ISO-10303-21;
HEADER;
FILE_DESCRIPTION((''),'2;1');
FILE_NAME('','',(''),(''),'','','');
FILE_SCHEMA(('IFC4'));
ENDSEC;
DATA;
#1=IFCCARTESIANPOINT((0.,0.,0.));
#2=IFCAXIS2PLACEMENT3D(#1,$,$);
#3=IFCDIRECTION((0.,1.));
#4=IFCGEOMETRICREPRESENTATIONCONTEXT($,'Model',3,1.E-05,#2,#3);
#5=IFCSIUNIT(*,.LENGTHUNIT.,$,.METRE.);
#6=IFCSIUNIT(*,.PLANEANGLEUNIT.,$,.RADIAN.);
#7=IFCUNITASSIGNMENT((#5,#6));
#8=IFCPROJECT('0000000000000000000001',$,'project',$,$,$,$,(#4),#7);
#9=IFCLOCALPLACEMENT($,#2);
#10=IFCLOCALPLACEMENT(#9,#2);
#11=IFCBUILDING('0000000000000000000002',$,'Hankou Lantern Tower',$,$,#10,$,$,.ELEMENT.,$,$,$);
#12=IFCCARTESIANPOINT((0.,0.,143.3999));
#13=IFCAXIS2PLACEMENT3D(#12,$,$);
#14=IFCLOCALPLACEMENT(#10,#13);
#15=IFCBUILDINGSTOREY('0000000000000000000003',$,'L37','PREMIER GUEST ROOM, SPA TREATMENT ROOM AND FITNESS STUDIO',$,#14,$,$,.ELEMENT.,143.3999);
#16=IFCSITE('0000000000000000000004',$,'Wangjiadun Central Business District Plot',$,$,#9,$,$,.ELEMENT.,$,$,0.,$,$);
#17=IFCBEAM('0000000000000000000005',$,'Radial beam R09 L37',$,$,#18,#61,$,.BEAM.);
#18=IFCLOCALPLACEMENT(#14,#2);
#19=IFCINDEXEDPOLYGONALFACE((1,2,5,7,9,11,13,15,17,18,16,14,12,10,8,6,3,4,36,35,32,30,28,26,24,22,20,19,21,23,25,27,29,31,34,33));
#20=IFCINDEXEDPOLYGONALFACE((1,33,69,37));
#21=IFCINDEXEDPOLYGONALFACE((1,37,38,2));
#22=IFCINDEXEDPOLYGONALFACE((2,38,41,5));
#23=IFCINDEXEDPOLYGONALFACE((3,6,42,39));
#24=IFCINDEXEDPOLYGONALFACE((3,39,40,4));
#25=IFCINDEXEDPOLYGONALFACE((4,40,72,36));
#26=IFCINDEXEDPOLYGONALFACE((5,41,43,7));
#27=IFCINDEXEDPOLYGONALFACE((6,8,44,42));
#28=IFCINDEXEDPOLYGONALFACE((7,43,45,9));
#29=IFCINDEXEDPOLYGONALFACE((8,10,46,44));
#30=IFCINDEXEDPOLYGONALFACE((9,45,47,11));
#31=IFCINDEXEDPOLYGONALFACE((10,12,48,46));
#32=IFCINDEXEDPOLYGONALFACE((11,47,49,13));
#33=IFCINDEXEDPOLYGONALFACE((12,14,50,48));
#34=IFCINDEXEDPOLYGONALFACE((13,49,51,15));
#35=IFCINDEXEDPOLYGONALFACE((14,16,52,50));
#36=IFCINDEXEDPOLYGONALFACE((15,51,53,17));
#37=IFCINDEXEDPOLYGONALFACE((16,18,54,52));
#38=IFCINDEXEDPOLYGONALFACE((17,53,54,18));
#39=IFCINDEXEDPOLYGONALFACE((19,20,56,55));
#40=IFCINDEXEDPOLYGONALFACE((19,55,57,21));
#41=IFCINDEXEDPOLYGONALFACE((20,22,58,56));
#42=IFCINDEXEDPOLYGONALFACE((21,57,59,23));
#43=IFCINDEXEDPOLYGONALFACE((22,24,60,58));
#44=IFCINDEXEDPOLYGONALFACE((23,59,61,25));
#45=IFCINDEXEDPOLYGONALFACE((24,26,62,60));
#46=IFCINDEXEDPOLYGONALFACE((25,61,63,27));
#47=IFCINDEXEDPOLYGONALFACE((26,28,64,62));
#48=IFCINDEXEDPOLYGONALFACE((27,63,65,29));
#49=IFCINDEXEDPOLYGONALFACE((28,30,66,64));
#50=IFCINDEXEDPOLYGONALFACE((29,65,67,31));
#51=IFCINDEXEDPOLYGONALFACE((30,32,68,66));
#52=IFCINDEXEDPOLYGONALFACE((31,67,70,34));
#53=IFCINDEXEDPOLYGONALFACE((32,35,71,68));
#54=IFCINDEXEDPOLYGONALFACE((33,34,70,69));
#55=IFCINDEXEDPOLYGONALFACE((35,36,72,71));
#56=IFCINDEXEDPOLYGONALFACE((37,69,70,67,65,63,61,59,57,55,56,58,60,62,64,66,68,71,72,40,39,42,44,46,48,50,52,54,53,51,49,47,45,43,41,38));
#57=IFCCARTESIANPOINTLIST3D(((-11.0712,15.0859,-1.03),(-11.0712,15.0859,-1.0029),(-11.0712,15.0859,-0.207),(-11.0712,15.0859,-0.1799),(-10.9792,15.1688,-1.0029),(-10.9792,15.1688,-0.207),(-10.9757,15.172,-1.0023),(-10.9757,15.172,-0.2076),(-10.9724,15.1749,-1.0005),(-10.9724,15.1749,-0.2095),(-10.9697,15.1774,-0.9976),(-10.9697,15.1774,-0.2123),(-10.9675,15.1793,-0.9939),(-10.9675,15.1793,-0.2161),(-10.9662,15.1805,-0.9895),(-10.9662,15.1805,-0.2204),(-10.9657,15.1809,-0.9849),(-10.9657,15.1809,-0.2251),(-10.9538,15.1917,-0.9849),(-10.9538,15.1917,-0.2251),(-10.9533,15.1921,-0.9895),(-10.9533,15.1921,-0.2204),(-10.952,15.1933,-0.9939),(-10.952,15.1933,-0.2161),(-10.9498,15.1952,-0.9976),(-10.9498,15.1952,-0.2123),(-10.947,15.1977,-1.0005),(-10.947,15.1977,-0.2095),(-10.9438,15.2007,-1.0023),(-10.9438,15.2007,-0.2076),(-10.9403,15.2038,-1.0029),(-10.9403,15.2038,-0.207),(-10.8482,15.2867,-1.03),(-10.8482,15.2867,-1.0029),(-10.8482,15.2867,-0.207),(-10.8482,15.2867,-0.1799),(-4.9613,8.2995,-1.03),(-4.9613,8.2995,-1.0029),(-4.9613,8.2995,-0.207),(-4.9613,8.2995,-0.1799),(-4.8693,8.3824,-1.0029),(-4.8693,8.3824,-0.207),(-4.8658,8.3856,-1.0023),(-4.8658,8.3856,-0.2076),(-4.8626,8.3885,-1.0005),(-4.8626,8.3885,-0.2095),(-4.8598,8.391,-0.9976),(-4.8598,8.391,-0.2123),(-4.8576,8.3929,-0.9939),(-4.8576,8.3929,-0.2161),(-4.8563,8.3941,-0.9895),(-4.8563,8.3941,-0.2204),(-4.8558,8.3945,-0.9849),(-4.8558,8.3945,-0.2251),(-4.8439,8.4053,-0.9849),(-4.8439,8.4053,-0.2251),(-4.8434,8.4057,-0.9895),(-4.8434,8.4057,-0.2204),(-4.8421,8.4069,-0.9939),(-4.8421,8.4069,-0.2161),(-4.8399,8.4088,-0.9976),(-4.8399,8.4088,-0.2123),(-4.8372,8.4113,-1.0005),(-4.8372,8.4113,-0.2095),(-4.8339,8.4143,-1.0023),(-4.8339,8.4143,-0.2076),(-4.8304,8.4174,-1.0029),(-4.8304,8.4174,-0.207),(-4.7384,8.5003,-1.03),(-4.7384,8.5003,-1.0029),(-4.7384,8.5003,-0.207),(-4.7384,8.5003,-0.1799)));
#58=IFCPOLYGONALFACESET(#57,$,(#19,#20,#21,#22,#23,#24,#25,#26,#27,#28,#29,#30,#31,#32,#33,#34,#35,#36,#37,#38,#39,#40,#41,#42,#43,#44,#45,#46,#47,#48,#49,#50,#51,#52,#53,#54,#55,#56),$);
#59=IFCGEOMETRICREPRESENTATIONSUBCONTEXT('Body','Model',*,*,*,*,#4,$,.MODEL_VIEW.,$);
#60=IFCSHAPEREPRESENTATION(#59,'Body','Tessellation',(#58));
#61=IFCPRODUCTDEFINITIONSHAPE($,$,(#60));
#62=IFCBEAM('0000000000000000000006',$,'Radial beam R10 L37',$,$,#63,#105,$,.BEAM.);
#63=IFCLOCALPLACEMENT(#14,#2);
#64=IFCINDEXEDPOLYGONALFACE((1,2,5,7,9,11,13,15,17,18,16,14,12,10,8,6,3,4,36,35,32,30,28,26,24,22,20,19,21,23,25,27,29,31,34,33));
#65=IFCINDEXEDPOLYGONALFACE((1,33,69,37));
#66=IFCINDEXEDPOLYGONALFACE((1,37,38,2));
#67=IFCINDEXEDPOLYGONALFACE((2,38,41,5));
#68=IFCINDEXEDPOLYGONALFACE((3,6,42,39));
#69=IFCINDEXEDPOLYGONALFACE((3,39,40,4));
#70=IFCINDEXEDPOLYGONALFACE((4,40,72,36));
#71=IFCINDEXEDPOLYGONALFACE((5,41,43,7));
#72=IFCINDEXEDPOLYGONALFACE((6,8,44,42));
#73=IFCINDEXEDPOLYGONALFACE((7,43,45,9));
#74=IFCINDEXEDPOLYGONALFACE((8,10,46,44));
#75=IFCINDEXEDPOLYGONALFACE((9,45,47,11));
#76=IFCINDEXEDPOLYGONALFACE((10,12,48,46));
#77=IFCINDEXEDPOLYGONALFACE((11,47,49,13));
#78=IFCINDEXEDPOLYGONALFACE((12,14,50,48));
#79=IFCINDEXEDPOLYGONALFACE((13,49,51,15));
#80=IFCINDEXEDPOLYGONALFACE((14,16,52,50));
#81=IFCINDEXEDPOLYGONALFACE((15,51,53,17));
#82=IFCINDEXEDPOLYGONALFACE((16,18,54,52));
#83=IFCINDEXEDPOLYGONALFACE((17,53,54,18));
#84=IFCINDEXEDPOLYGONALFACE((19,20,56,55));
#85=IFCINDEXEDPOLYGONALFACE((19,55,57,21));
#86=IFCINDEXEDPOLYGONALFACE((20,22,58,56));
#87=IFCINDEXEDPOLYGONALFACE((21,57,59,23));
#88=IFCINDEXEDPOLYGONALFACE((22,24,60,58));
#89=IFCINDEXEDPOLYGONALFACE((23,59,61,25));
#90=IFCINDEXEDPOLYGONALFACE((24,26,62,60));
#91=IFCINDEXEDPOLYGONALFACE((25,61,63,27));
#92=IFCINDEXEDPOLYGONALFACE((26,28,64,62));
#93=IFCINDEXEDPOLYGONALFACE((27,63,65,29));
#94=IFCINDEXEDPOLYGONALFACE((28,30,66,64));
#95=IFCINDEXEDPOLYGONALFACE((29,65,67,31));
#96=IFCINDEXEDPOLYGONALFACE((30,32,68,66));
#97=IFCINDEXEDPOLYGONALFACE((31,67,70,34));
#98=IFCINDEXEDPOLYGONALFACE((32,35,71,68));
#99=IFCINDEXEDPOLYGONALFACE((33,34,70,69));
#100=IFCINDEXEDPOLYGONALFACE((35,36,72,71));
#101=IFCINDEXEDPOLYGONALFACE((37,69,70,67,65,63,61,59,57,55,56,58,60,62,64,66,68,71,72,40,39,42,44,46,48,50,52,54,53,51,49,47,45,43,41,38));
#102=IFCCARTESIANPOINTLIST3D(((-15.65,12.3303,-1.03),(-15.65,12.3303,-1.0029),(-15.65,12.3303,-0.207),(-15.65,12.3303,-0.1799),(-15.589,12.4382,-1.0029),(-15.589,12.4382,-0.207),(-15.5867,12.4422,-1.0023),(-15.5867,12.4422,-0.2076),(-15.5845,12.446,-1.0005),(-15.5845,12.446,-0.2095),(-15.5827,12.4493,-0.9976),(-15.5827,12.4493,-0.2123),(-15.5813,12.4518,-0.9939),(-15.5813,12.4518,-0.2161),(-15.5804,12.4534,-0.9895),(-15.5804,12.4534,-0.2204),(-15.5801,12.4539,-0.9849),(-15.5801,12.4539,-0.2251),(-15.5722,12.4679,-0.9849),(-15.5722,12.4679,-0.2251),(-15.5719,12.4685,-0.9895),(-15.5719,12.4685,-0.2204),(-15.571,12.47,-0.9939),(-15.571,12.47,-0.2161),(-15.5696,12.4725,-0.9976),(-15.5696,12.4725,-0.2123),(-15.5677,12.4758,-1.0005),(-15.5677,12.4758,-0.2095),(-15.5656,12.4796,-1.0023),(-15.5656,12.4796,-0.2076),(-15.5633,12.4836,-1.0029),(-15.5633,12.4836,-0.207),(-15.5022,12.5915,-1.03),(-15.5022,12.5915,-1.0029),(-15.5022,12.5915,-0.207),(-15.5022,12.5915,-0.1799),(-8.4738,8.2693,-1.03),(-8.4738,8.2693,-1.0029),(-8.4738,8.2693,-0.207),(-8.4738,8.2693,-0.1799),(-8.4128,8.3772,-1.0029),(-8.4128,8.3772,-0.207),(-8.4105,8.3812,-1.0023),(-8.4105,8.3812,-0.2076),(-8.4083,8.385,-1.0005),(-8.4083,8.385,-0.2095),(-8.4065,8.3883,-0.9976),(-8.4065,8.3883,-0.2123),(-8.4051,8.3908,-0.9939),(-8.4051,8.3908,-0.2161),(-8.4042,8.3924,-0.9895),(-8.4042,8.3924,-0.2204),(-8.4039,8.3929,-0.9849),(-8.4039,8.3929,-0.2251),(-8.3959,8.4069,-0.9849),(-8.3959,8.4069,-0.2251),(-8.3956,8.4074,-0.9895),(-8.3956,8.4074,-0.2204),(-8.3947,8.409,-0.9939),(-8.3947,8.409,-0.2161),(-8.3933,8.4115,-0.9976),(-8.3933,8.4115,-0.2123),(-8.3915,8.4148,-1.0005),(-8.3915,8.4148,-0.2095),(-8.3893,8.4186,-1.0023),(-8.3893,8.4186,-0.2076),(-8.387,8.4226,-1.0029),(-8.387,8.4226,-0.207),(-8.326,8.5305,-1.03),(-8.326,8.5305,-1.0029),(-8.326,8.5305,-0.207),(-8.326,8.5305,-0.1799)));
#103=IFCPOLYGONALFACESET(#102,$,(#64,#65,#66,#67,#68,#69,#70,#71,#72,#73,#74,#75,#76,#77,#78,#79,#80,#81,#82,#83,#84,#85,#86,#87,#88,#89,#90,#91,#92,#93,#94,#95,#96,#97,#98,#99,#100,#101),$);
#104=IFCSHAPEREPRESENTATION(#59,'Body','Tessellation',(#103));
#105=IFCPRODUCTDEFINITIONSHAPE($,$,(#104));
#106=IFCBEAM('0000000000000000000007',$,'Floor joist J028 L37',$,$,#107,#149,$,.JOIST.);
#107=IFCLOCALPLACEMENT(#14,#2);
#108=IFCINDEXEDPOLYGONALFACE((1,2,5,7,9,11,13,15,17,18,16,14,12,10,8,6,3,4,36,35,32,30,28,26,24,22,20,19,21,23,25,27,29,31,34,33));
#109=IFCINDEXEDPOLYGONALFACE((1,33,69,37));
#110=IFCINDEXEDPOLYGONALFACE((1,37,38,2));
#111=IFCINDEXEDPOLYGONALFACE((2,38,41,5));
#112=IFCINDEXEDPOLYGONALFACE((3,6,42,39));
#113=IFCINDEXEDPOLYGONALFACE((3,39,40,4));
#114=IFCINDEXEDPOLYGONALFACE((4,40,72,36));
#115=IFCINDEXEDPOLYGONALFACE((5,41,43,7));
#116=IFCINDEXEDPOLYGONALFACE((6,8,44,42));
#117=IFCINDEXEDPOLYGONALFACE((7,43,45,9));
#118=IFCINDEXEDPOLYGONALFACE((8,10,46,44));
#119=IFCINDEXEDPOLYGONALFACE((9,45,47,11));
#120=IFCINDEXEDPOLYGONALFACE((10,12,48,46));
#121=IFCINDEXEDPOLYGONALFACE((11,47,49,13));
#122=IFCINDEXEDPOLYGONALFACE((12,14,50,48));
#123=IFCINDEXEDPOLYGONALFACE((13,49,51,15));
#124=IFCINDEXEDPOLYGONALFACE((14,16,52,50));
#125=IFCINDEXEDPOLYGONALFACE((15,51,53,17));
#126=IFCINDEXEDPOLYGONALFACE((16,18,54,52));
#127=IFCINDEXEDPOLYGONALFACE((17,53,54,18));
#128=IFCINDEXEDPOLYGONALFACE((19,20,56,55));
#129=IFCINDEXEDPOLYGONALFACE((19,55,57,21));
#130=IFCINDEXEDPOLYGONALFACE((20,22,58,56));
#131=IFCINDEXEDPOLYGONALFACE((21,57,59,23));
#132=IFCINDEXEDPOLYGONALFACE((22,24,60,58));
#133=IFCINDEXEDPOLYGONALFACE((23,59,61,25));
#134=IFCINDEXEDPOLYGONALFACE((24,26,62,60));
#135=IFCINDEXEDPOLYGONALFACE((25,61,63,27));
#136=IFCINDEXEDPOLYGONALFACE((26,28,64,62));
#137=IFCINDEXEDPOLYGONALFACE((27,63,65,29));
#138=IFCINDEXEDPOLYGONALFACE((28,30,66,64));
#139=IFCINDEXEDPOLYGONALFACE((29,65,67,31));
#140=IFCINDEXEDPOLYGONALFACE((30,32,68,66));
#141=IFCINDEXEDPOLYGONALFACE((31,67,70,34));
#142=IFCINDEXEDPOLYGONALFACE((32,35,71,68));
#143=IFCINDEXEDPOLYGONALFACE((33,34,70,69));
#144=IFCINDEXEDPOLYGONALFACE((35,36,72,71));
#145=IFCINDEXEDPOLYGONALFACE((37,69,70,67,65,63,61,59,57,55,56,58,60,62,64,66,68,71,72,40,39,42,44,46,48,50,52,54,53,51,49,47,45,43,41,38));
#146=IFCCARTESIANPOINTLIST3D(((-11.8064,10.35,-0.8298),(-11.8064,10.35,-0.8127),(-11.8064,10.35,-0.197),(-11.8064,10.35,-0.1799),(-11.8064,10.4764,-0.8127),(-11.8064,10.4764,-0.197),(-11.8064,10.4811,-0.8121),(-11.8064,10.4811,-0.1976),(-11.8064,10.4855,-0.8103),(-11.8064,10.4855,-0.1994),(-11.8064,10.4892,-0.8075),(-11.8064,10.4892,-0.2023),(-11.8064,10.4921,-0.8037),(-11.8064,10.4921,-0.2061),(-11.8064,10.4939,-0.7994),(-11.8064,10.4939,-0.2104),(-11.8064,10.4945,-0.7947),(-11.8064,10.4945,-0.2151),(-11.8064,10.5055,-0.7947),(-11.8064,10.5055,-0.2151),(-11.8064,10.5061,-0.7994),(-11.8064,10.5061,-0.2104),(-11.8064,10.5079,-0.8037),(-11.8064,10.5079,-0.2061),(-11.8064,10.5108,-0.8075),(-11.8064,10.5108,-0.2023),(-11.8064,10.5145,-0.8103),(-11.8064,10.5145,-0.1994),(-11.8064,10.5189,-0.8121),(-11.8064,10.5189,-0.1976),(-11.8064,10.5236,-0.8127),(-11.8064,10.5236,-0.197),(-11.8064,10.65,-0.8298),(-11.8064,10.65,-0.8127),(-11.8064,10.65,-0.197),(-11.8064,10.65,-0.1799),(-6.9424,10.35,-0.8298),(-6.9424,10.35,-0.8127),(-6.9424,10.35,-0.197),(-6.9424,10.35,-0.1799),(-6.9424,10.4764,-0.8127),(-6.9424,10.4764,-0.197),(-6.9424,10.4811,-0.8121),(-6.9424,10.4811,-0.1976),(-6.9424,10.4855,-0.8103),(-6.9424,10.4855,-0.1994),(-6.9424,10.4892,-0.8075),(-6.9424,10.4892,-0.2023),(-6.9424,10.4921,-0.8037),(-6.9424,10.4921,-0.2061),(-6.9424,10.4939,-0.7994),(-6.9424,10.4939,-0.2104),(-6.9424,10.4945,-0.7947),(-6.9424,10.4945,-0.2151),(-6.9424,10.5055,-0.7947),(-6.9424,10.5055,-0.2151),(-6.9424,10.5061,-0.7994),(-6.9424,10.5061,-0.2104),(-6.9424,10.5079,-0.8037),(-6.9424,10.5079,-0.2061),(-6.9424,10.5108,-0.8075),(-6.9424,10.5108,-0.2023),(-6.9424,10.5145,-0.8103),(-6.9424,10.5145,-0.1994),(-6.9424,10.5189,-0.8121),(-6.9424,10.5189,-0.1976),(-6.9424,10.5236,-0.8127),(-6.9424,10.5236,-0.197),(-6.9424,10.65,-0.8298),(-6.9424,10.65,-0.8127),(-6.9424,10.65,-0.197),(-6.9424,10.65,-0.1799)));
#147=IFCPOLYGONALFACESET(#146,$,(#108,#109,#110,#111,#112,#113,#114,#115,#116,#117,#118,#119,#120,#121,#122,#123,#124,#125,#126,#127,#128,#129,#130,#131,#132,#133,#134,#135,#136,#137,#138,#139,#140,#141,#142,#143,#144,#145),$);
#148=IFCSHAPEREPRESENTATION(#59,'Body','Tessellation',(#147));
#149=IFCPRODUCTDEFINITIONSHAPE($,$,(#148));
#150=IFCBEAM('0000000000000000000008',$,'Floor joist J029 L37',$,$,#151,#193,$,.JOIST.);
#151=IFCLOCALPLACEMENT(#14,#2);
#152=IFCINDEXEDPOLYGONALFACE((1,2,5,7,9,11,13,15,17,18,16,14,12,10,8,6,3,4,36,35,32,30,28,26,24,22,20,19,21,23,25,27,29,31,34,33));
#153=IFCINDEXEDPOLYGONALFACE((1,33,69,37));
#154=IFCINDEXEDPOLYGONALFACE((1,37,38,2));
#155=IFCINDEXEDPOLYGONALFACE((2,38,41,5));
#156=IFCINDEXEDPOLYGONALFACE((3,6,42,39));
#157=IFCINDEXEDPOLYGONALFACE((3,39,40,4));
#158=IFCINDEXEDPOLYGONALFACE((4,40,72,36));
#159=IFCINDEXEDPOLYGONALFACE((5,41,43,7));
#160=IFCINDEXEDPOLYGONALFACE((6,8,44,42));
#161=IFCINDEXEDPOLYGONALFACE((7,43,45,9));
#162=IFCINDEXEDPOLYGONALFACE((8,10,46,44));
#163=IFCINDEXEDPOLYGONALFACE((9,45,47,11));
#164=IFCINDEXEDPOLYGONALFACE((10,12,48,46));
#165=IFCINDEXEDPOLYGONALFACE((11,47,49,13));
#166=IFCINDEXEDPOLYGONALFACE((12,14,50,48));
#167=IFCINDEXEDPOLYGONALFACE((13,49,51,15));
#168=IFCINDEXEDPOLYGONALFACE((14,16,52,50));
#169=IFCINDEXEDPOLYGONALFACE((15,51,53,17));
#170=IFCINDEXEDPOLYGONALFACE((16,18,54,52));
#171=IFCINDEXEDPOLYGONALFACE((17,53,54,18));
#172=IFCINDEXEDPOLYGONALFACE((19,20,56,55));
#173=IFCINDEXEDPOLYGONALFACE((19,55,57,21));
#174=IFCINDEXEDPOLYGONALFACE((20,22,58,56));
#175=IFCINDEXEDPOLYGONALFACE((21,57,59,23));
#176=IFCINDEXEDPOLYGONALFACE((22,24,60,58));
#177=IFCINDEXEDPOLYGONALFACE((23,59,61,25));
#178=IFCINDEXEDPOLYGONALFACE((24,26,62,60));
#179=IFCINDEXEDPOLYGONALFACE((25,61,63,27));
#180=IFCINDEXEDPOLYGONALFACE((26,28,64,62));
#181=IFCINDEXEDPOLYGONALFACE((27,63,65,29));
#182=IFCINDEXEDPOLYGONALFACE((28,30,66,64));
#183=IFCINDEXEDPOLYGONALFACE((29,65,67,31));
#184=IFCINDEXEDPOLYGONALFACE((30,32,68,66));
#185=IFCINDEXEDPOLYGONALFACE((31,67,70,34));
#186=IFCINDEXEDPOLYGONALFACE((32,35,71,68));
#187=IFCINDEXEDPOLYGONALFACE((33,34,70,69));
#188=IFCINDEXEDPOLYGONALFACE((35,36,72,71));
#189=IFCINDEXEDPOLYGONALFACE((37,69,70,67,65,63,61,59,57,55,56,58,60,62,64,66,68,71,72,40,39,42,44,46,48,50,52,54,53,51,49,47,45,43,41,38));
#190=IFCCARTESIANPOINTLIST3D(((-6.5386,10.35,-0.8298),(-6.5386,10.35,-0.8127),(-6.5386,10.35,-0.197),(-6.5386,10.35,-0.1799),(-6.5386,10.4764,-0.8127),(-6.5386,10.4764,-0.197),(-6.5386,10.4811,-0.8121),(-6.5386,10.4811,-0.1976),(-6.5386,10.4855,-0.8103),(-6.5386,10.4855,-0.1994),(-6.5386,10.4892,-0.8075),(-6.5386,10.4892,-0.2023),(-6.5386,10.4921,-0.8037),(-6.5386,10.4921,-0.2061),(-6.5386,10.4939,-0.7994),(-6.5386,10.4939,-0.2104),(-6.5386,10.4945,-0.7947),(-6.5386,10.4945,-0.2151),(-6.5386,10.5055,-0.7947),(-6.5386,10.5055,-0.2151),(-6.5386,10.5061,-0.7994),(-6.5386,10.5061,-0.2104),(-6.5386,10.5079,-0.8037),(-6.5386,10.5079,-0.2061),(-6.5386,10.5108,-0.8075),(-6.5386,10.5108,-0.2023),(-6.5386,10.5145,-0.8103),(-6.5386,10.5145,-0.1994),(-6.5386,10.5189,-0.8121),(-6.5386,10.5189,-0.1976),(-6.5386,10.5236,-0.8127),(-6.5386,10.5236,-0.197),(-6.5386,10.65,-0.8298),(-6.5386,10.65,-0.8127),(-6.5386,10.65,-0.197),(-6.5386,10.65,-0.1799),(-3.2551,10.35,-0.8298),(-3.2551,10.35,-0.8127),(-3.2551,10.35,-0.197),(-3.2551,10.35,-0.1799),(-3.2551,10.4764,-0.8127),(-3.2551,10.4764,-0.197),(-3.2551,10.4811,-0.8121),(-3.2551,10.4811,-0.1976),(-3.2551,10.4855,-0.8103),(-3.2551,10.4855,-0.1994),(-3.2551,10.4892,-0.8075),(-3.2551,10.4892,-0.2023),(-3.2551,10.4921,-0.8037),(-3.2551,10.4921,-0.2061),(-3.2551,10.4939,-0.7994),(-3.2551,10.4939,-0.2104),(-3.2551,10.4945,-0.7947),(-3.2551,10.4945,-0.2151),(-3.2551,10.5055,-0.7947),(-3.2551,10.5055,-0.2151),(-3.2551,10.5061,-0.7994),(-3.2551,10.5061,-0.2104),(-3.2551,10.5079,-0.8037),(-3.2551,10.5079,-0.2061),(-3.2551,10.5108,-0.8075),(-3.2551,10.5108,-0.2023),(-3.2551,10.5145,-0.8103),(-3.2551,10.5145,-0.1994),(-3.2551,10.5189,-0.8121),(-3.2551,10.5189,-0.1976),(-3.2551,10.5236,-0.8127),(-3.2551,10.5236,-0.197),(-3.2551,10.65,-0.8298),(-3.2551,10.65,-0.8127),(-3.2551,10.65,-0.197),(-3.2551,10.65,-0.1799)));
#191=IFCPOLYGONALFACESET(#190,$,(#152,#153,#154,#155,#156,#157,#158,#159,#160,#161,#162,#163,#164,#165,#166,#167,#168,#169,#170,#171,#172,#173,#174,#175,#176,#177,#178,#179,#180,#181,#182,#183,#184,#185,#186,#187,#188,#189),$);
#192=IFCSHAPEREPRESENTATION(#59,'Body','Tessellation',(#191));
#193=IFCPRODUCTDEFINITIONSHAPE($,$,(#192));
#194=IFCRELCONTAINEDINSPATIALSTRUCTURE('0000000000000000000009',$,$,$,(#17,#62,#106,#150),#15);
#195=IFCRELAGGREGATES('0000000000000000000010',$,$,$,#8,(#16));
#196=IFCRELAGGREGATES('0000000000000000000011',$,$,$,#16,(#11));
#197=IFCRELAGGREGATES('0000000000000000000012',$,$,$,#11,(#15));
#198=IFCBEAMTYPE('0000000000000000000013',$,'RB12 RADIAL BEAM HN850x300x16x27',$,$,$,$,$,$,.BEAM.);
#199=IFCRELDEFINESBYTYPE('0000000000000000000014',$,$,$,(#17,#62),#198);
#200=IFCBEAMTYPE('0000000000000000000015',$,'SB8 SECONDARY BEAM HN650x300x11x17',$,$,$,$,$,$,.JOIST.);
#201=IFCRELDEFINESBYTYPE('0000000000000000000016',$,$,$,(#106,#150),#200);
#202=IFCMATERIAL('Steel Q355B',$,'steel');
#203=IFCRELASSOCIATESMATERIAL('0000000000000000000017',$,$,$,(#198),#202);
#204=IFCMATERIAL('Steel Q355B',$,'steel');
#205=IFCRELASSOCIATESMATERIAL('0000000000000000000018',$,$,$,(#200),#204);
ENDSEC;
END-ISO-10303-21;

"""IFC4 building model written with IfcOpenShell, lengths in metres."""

from ifc_helpers import new_model, si_unit, direction, frame, origin, origin_2d, place, context, subcontext, project, spatial, i_section, extrude, material, material_profile, profile_set, type_object, element, save


model = new_model("IFC4")

# Units and contexts
model_context = context("Model", 3, precision=1e-05, world=origin(), true_north=direction((0.0, 1.0)))
body_context = subcontext(model_context, "Body", "Model", "MODEL_VIEW")
ifc_project = project(units=[si_unit("LENGTHUNIT", "METRE"), si_unit("PLANEANGLEUNIT", "RADIAN")], contexts=[model_context])

# Site, building, storey
site_placement = place(None, origin())
site = spatial("IfcSite", under=ifc_project, at=site_placement, Name="Wangjiadun Central Business District Plot", CompositionType="ELEMENT", RefElevation=0.0)
building_placement = place(site_placement, origin())
building = spatial("IfcBuilding", under=site, at=building_placement, Name="Hankou Lantern Tower", CompositionType="ELEMENT")
storey_placement = place(building_placement, frame((0.0, 0.0, 143.3999)))
storey = spatial("IfcBuildingStorey", under=building, at=storey_placement, Name="L37", Description="PREMIER GUEST ROOM, SPA TREATMENT ROOM AND FITNESS STUDIO", CompositionType="ELEMENT", Elevation=143.3999)

# Beams
ifc_material_1 = material(Name="Steel Q355B", Category="steel")
ifc_material_profile_1 = material_profile(ifc_material_1, i_section(OverallWidth=0.3, OverallDepth=0.8501, WebThickness=0.0161, FlangeThickness=0.0271, FilletRadius=0.0181, at=origin_2d()), Name="HN850x300x16x27")
ifc_profile_set_1 = profile_set([ifc_material_profile_1], Name="Steel Q355B")
beam_type_1 = type_object("IfcBeamType", Name="RB12 RADIAL BEAM HN850x300x16x27", PredefinedType="BEAM", material=ifc_profile_set_1)
beam_1_placement = place(storey_placement, frame((-4.8499, 8.3999, -0.605), z_axis=(-0.669093, 0.743178, 0.0), x_axis=(-0.743178, -0.669093, 0.0)))
element("IfcBeam", 1, at=beam_1_placement, inside=storey, type_object=beam_type_1, Name="Radial beam R09 L37", PredefinedType="BEAM", context=body_context, shape_type="SweptSolid", body=[
    extrude(i_section(OverallWidth=0.3, OverallDepth=0.8501, WebThickness=0.0161, FlangeThickness=0.0271, FilletRadius=0.0181, at=origin_2d()), origin(), (0.0, 0.0, 1.0), 9.1316),
])
beam_2_placement = place(storey_placement, frame((-8.3999, 8.3999, -0.605), z_axis=(-0.870309, 0.492506, 0.0), x_axis=(-0.492506, -0.870309, 0.0)))
element("IfcBeam", 2, at=beam_2_placement, inside=storey, type_object=beam_type_1, Name="Radial beam R10 L37", PredefinedType="BEAM", context=body_context, shape_type="SweptSolid", body=[
    extrude(i_section(OverallWidth=0.3, OverallDepth=0.8501, WebThickness=0.0161, FlangeThickness=0.0271, FilletRadius=0.0181, at=origin_2d()), origin(), (0.0, 0.0, 1.0), 8.2456),
])
ifc_material_2 = material(Name="Steel Q355B", Category="steel")
ifc_material_profile_2 = material_profile(ifc_material_2, i_section(OverallWidth=0.3, OverallDepth=0.6499, WebThickness=0.011, FlangeThickness=0.0171, FilletRadius=0.0181, at=origin_2d()), Name="HN650x300x11x17")
ifc_profile_set_2 = profile_set([ifc_material_profile_2], Name="Steel Q355B")
beam_type_2 = type_object("IfcBeamType", Name="SB8 SECONDARY BEAM HN650x300x11x17", PredefinedType="JOIST", material=ifc_profile_set_2)
beam_3_placement = place(storey_placement, frame((-11.8064, 10.5, -0.5049), z_axis=(1.0, 0.0, 0.0), x_axis=(0.0, 1.0, 0.0)))
element("IfcBeam", 3, at=beam_3_placement, inside=storey, type_object=beam_type_2, Name="Floor joist J028 L37", PredefinedType="JOIST", context=body_context, shape_type="SweptSolid", body=[
    extrude(i_section(OverallWidth=0.3, OverallDepth=0.6499, WebThickness=0.011, FlangeThickness=0.0171, FilletRadius=0.0181, at=origin_2d()), origin(), (0.0, 0.0, 1.0), 4.864),
])
beam_4_placement = place(storey_placement, frame((-6.5386, 10.5, -0.5049), z_axis=(1.0, 0.0, 0.0), x_axis=(0.0, 1.0, 0.0)))
element("IfcBeam", 4, at=beam_4_placement, inside=storey, type_object=beam_type_2, Name="Floor joist J029 L37", PredefinedType="JOIST", context=body_context, shape_type="SweptSolid", body=[
    extrude(i_section(OverallWidth=0.3, OverallDepth=0.6499, WebThickness=0.011, FlangeThickness=0.0171, FilletRadius=0.0181, at=origin_2d()), origin(), (0.0, 0.0, 1.0), 3.2834),
])

save(model, "model.ifc")
